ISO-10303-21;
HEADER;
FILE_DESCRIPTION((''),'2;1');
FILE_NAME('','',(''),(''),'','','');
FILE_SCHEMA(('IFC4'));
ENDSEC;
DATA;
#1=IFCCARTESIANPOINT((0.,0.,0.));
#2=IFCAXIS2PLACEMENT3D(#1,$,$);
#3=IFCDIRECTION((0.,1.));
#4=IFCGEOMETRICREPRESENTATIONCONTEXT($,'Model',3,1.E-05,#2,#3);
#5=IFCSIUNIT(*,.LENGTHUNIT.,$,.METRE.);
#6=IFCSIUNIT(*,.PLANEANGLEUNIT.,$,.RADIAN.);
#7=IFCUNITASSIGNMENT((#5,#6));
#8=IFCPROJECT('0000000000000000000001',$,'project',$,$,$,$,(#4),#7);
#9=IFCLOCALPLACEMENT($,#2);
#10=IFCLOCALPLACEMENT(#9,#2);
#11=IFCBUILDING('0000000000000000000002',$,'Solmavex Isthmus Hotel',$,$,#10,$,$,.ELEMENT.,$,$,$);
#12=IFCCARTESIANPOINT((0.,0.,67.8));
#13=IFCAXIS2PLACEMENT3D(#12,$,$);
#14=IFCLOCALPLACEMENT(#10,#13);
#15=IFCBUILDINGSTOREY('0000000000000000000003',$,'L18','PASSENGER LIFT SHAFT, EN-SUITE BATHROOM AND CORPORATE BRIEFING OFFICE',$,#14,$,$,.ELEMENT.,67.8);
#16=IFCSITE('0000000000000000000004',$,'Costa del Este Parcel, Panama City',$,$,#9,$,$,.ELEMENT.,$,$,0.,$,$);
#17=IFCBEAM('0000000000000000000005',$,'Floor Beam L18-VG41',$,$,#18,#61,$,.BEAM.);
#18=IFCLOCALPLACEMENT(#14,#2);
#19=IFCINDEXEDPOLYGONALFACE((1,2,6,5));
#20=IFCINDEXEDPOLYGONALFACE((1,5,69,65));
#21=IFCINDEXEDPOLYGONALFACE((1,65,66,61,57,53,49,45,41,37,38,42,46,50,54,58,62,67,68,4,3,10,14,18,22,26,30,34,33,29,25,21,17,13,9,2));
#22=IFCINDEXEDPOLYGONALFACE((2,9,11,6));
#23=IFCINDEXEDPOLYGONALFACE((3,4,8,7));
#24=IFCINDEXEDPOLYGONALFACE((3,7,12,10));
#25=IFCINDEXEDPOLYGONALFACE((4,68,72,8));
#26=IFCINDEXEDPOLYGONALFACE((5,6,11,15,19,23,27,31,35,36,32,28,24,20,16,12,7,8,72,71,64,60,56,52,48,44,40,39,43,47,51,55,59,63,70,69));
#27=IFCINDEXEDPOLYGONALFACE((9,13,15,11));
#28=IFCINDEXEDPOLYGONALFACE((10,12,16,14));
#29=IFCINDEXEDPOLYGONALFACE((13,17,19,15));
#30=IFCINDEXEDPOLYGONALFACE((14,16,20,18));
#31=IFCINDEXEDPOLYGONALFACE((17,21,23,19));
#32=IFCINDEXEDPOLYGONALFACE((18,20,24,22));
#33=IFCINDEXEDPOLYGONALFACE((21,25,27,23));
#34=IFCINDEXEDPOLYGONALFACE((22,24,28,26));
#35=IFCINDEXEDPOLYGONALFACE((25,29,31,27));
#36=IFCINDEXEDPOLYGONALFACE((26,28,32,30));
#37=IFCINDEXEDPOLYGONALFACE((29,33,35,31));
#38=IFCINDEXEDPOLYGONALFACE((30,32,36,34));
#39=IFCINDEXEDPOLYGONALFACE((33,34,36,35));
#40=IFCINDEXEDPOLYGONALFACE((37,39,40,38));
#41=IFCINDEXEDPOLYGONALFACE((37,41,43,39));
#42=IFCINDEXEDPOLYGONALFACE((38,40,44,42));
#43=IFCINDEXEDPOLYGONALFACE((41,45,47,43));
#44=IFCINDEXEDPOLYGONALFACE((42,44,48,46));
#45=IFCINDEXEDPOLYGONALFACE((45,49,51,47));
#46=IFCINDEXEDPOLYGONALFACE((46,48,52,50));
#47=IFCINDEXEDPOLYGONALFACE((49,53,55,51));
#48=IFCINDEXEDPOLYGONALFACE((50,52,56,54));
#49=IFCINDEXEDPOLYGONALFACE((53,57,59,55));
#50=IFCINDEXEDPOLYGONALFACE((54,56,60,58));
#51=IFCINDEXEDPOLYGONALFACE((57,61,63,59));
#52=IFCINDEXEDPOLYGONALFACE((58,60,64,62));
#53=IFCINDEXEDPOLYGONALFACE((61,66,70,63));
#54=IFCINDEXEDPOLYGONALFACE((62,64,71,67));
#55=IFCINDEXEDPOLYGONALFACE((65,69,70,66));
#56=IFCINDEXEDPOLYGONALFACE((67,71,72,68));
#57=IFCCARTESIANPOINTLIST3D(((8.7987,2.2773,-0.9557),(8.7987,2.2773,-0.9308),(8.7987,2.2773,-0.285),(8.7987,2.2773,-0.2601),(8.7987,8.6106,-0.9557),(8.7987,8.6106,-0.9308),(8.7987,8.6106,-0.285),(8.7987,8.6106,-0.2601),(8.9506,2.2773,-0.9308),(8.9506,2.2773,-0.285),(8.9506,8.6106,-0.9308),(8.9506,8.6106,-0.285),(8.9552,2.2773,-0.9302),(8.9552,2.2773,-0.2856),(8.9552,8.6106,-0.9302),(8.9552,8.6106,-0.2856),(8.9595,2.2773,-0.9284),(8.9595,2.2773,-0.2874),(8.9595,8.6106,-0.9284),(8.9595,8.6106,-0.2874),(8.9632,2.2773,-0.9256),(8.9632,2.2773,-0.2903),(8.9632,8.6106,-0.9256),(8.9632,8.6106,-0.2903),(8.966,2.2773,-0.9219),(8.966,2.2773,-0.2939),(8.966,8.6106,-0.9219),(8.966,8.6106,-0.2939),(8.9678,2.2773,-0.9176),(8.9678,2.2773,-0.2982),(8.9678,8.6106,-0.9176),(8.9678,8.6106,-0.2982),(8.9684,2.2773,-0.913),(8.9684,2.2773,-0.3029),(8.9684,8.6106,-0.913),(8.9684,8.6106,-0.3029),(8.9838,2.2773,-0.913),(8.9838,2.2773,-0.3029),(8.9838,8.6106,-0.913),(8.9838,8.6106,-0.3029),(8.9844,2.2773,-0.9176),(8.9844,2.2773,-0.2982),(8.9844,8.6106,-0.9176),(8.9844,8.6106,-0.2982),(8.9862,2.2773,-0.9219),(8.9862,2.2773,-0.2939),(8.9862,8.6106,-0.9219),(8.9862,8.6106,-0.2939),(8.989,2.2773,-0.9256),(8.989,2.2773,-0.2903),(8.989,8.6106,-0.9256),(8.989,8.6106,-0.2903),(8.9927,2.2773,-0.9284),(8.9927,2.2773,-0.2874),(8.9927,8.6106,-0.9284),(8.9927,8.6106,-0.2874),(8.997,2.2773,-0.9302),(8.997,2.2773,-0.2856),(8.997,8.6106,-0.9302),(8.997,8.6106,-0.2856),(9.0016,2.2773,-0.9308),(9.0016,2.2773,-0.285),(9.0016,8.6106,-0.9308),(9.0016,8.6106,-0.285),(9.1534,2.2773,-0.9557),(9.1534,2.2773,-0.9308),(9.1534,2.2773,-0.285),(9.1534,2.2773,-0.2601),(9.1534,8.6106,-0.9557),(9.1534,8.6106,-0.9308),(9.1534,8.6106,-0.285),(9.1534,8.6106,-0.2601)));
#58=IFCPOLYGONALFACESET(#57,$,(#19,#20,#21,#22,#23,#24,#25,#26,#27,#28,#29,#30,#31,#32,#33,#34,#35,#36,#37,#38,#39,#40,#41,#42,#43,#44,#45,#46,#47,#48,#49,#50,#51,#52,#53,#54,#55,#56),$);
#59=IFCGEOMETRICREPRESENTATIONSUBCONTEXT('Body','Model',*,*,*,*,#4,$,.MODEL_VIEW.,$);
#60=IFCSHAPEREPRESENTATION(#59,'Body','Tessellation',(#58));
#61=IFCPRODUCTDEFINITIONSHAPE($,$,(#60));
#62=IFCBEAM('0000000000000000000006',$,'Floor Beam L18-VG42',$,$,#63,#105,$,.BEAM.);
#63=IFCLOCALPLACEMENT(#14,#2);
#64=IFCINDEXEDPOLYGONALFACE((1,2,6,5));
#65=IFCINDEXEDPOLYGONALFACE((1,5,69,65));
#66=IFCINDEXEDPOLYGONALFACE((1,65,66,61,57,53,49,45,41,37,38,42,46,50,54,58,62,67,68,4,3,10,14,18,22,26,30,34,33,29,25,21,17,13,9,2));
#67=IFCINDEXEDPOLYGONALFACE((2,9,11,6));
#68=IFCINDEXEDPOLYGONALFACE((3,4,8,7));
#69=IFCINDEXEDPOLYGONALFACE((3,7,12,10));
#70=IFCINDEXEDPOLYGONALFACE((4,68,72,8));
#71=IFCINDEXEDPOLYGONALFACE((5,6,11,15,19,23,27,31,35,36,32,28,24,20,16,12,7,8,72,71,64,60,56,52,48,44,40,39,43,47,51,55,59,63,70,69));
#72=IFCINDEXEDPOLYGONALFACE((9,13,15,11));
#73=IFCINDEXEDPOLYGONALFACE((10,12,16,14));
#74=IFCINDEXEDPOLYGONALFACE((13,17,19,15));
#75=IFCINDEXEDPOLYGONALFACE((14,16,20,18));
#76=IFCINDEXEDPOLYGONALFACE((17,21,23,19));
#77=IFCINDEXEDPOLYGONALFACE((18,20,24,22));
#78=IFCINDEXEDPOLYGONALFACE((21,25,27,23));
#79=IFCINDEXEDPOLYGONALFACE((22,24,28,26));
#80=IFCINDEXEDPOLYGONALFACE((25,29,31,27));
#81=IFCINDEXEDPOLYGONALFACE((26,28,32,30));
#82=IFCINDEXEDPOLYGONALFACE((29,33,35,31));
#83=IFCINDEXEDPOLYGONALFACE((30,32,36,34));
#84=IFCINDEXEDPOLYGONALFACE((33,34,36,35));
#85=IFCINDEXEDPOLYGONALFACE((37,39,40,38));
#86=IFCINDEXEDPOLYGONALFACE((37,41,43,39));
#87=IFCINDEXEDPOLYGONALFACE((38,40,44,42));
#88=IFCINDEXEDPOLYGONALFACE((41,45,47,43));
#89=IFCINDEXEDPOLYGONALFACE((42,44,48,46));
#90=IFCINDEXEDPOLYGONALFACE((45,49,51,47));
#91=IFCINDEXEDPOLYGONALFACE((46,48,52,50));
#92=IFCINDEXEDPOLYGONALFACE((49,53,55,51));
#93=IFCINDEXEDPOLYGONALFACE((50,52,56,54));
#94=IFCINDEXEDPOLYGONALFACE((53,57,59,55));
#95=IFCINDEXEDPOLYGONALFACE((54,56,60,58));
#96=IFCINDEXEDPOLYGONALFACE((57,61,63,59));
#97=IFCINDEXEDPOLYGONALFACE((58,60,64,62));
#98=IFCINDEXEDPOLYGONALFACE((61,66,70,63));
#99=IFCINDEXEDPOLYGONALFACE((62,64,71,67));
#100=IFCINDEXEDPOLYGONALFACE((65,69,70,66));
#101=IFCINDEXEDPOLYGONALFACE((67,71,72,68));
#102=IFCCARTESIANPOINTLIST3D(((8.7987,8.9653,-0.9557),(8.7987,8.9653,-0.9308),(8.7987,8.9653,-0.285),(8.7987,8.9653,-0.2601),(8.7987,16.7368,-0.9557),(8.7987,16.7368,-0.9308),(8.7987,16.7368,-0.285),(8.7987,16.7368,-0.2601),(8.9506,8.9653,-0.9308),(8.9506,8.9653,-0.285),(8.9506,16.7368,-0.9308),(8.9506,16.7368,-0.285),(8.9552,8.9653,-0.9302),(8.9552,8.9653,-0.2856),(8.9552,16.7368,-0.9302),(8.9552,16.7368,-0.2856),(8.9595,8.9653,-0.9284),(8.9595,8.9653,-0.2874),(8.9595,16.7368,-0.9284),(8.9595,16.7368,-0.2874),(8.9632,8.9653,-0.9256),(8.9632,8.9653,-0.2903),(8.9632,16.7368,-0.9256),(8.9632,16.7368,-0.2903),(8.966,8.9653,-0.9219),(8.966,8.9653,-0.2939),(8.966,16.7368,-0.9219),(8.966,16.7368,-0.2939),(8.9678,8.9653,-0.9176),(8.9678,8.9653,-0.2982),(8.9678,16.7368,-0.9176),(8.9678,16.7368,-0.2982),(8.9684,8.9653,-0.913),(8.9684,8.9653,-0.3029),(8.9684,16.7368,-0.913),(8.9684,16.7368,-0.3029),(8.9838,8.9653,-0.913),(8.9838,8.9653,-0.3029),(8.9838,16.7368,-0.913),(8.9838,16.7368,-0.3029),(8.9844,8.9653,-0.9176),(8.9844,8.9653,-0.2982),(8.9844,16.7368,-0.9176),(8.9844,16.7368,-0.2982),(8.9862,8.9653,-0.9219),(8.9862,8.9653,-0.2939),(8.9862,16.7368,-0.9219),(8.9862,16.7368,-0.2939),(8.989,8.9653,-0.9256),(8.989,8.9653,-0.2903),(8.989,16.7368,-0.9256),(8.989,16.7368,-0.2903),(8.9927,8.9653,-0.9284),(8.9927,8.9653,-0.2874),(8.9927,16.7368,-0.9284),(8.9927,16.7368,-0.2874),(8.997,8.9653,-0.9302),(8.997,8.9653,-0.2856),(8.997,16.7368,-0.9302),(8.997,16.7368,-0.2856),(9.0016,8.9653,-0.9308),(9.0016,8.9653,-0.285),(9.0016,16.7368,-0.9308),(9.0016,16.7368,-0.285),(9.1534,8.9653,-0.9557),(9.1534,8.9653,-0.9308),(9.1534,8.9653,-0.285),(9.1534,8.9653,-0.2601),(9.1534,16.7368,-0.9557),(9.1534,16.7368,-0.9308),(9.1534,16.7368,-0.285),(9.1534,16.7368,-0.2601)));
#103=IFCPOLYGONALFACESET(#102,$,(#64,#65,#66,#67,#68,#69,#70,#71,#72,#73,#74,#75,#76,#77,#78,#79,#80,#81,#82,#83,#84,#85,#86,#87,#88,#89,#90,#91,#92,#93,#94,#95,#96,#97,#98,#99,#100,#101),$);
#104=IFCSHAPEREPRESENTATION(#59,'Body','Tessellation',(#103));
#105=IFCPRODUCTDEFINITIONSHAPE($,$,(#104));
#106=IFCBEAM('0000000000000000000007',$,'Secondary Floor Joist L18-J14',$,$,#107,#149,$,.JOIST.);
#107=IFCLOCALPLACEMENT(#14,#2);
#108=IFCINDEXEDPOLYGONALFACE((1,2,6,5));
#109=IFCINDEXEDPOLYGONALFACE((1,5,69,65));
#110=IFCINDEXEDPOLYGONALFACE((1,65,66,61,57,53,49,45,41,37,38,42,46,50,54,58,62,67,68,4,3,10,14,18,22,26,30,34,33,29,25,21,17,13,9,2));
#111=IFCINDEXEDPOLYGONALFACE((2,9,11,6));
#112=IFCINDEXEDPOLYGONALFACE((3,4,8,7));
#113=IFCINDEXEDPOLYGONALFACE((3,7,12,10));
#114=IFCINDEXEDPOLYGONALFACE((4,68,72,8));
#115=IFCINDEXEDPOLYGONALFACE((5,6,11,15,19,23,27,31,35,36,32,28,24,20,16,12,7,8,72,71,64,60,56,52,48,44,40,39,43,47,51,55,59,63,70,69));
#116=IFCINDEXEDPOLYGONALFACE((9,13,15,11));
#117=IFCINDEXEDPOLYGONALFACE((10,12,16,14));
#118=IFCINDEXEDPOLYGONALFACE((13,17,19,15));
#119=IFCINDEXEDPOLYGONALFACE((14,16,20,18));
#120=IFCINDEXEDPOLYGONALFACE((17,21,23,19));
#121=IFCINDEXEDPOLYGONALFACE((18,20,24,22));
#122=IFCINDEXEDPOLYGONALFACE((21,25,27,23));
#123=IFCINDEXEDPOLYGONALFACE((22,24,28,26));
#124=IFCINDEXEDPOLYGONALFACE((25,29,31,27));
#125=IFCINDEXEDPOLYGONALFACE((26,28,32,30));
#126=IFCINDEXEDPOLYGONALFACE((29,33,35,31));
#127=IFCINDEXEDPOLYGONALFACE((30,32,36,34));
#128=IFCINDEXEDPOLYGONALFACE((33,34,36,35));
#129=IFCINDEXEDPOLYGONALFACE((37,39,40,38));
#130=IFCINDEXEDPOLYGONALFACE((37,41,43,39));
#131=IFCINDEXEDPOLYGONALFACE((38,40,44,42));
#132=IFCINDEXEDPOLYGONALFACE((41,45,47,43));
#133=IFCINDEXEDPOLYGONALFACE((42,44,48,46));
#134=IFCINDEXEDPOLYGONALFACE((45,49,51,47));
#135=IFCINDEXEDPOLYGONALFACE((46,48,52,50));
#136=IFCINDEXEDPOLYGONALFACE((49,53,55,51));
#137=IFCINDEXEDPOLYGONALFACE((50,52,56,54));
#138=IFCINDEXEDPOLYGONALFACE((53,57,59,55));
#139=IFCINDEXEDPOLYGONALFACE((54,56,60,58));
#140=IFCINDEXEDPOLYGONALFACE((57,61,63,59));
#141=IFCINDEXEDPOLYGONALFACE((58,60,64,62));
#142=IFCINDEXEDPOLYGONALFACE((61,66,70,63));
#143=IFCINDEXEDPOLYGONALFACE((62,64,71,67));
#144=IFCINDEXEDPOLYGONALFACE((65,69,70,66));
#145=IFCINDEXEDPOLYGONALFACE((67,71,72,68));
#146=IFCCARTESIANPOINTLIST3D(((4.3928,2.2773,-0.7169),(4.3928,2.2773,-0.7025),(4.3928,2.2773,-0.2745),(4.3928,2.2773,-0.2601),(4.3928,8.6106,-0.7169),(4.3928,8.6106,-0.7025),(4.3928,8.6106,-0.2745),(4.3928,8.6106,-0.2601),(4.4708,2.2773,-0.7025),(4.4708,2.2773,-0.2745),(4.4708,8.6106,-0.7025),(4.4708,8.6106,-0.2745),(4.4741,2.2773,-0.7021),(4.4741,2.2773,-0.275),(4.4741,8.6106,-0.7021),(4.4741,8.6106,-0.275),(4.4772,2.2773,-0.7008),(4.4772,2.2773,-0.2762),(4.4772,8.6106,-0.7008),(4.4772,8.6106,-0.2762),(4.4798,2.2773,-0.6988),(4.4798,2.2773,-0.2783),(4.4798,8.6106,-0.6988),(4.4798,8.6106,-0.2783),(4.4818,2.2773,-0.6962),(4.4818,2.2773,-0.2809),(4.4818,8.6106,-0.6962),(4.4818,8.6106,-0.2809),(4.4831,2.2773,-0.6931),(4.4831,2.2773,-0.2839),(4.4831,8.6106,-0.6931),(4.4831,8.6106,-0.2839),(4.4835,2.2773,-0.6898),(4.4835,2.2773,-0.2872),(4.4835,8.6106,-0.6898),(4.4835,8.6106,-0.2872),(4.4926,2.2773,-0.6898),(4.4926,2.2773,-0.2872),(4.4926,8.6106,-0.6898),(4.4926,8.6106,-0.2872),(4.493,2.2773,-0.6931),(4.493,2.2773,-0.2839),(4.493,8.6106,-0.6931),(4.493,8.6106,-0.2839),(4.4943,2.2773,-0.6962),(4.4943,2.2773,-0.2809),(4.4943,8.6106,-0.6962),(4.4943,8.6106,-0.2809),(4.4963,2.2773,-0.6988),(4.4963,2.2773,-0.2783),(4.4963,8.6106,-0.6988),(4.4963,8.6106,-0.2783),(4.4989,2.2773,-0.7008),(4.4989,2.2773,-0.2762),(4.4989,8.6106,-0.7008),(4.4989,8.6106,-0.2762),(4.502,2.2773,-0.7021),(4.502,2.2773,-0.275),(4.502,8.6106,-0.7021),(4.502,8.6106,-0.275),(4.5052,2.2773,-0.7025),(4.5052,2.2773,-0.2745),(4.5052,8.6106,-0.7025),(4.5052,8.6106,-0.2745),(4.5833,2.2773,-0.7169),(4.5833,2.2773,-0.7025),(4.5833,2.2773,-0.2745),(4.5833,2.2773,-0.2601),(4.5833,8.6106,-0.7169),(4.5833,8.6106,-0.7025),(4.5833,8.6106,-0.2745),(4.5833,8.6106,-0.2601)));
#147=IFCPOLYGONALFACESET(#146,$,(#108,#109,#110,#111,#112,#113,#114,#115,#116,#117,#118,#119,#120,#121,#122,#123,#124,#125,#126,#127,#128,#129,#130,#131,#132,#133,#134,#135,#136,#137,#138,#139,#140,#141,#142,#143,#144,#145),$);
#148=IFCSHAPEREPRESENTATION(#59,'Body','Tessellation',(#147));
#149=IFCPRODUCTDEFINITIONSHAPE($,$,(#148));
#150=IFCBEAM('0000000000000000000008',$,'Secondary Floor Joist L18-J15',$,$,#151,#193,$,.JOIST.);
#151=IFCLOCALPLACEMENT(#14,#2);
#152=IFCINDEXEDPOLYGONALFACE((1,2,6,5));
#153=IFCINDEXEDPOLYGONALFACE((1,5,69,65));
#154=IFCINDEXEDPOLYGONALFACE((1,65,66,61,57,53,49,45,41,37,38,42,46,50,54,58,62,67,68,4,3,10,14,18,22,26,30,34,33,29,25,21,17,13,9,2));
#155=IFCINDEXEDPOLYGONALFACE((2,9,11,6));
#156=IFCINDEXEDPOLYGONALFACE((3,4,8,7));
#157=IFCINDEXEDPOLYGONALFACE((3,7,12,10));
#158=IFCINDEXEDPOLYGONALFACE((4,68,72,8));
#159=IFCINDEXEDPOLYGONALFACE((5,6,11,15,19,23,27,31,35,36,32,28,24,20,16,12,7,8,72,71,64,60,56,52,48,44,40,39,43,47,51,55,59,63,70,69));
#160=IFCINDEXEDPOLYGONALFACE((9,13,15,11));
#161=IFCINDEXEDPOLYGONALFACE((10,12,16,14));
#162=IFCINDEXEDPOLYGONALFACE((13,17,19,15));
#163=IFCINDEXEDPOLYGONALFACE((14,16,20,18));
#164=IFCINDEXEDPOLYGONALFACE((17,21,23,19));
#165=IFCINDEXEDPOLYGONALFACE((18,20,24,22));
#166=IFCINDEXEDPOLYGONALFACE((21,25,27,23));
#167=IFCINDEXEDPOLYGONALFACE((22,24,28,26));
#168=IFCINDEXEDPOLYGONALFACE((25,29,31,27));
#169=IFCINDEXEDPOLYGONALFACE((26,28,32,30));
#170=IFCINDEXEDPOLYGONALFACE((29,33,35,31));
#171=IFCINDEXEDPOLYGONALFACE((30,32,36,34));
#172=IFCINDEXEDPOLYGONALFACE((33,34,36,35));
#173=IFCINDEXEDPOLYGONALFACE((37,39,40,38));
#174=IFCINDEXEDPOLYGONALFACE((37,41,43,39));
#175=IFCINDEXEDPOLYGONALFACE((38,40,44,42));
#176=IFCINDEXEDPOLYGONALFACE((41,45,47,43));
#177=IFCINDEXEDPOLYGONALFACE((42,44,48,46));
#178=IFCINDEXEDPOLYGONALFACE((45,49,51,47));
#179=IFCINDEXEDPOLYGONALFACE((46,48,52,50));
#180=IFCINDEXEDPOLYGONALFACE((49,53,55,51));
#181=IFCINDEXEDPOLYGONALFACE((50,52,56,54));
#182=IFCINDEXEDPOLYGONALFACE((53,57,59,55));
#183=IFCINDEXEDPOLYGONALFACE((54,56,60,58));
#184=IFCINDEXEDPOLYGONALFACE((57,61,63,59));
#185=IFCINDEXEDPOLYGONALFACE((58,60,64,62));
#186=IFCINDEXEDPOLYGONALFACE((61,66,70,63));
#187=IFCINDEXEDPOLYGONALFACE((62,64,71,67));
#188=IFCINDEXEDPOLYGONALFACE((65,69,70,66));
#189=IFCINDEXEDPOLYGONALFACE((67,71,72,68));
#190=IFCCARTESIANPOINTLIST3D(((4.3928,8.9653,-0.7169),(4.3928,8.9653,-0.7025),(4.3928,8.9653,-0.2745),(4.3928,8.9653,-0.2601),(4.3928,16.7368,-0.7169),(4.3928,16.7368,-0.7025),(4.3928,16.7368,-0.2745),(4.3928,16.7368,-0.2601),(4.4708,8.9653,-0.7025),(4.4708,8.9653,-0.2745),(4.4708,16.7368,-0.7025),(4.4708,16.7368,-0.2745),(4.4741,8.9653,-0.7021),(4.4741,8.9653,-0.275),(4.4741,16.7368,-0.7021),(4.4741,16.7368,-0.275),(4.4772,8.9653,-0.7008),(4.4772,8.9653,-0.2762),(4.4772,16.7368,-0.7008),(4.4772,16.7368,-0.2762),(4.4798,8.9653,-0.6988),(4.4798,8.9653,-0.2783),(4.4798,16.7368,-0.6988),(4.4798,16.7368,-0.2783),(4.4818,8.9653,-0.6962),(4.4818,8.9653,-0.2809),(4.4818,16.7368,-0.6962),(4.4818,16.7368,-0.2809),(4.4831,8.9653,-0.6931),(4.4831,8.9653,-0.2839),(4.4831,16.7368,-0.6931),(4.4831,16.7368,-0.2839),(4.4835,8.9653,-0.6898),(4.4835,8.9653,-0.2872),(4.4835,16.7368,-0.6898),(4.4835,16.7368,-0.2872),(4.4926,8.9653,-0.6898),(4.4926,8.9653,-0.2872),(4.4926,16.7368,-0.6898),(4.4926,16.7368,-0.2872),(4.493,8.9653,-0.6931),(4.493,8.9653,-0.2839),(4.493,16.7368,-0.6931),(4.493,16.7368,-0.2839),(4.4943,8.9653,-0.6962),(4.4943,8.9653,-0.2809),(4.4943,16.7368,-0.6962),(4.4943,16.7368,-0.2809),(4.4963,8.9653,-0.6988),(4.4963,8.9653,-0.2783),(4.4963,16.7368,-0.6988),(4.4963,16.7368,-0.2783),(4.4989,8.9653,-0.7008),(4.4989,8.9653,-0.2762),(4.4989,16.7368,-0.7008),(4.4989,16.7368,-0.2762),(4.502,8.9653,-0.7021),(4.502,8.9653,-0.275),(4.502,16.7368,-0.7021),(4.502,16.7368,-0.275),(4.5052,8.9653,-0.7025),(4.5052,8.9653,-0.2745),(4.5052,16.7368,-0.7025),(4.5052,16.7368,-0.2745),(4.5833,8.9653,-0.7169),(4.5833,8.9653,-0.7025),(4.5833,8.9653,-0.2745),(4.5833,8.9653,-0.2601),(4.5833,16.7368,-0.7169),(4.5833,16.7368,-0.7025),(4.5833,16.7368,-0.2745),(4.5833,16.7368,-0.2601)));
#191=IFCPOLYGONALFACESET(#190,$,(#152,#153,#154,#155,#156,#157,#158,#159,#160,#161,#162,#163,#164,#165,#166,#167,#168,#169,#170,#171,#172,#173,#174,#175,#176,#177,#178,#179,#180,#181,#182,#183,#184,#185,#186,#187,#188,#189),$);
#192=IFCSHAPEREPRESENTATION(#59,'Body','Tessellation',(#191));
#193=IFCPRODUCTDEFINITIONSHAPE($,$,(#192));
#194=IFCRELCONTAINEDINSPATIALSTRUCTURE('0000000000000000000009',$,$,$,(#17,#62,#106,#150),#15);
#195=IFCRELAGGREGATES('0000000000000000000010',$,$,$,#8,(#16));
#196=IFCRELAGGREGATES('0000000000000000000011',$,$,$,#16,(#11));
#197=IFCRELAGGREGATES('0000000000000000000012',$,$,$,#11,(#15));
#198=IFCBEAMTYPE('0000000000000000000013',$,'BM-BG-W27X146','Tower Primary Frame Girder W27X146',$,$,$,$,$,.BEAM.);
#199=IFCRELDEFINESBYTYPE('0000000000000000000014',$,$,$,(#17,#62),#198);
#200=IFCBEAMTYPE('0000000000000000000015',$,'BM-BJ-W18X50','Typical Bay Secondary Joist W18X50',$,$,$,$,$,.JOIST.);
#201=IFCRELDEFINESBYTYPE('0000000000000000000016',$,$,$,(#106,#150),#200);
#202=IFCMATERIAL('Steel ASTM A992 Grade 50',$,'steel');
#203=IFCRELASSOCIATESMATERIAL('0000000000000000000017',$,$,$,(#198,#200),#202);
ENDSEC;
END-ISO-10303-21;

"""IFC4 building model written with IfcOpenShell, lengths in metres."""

from ifc_helpers import new_model, si_unit, direction, frame, origin, origin_2d, place, context, subcontext, project, spatial, i_section, extrude, material, material_profile, profile_set, type_object, element, save


model = new_model("IFC4")

# Units and contexts
model_context = context("Model", 3, precision=1e-05, world=origin(), true_north=direction((0.0, 1.0)))
body_context = subcontext(model_context, "Body", "Model", "MODEL_VIEW")
ifc_project = project(units=[si_unit("LENGTHUNIT", "METRE"), si_unit("PLANEANGLEUNIT", "RADIAN")], contexts=[model_context])

# Site, building, storey
site_placement = place(None, origin())
site = spatial("IfcSite", under=ifc_project, at=site_placement, Name="Costa del Este Parcel, Panama City", CompositionType="ELEMENT", RefElevation=0.0)
building_placement = place(site_placement, origin())
building = spatial("IfcBuilding", under=site, at=building_placement, Name="Solmavex Isthmus Hotel", CompositionType="ELEMENT")
storey_placement = place(building_placement, frame((0.0, 0.0, 67.8)))
storey = spatial("IfcBuildingStorey", under=building, at=storey_placement, Name="L18", Description="PASSENGER LIFT SHAFT, EN-SUITE BATHROOM AND CORPORATE BRIEFING OFFICE", CompositionType="ELEMENT", Elevation=67.8)

# Beams
ifc_material_1 = material(Name="Steel ASTM A992 Grade 50", Category="steel")
ifc_material_profile_1 = material_profile(ifc_material_1, i_section(OverallWidth=0.3547, OverallDepth=0.6956, WebThickness=0.0154, FlangeThickness=0.0249, FilletRadius=0.0178, at=origin_2d()), Name="W27X146")
ifc_profile_set_1 = profile_set([ifc_material_profile_1], Name="Steel ASTM A992 Grade 50")
beam_type_1 = type_object("IfcBeamType", Name="BM-BG-W27X146", Description="Tower Primary Frame Girder W27X146", PredefinedType="BEAM", material=ifc_profile_set_1)
beam_1_placement = place(storey_placement, frame((8.9761, 2.2773, -0.6079), z_axis=(0.0, 1.0, 0.0), x_axis=(-1.0, 0.0, 0.0)))
element("IfcBeam", 1, at=beam_1_placement, inside=storey, type_object=beam_type_1, Name="Floor Beam L18-VG41", PredefinedType="BEAM", context=body_context, shape_type="SweptSolid", body=[
    extrude(i_section(OverallWidth=0.3547, OverallDepth=0.6956, WebThickness=0.0154, FlangeThickness=0.0249, FilletRadius=0.0178, at=origin_2d()), origin(), (0.0, 0.0, 1.0), 6.3333),
])
beam_2_placement = place(storey_placement, frame((8.9761, 8.9653, -0.6079), z_axis=(0.0, 1.0, 0.0), x_axis=(-1.0, 0.0, 0.0)))
element("IfcBeam", 2, at=beam_2_placement, inside=storey, type_object=beam_type_1, Name="Floor Beam L18-VG42", PredefinedType="BEAM", context=body_context, shape_type="SweptSolid", body=[
    extrude(i_section(OverallWidth=0.3547, OverallDepth=0.6956, WebThickness=0.0154, FlangeThickness=0.0249, FilletRadius=0.0178, at=origin_2d()), origin(), (0.0, 0.0, 1.0), 7.7715),
])
ifc_material_profile_2 = material_profile(ifc_material_1, i_section(OverallWidth=0.1904, OverallDepth=0.4568, WebThickness=0.009, FlangeThickness=0.0144, FilletRadius=0.0127, at=origin_2d()), Name="W18X50")
ifc_profile_set_2 = profile_set([ifc_material_profile_2], Name="Steel ASTM A992 Grade 50")
beam_type_2 = type_object("IfcBeamType", Name="BM-BJ-W18X50", Description="Typical Bay Secondary Joist W18X50", PredefinedType="JOIST", material=ifc_profile_set_2)
beam_3_placement = place(storey_placement, frame((4.488, 2.2773, -0.4885), z_axis=(0.0, 1.0, 0.0), x_axis=(-1.0, 0.0, 0.0)))
element("IfcBeam", 3, at=beam_3_placement, inside=storey, type_object=beam_type_2, Name="Secondary Floor Joist L18-J14", PredefinedType="JOIST", context=body_context, shape_type="SweptSolid", body=[
    extrude(i_section(OverallWidth=0.1904, OverallDepth=0.4568, WebThickness=0.009, FlangeThickness=0.0144, FilletRadius=0.0127, at=origin_2d()), origin(), (0.0, 0.0, 1.0), 6.3333),
])
beam_4_placement = place(storey_placement, frame((4.488, 8.9653, -0.4885), z_axis=(0.0, 1.0, 0.0), x_axis=(-1.0, 0.0, 0.0)))
element("IfcBeam", 4, at=beam_4_placement, inside=storey, type_object=beam_type_2, Name="Secondary Floor Joist L18-J15", PredefinedType="JOIST", context=body_context, shape_type="SweptSolid", body=[
    extrude(i_section(OverallWidth=0.1904, OverallDepth=0.4568, WebThickness=0.009, FlangeThickness=0.0144, FilletRadius=0.0127, at=origin_2d()), origin(), (0.0, 0.0, 1.0), 7.7715),
])

save(model, "model.ifc")
